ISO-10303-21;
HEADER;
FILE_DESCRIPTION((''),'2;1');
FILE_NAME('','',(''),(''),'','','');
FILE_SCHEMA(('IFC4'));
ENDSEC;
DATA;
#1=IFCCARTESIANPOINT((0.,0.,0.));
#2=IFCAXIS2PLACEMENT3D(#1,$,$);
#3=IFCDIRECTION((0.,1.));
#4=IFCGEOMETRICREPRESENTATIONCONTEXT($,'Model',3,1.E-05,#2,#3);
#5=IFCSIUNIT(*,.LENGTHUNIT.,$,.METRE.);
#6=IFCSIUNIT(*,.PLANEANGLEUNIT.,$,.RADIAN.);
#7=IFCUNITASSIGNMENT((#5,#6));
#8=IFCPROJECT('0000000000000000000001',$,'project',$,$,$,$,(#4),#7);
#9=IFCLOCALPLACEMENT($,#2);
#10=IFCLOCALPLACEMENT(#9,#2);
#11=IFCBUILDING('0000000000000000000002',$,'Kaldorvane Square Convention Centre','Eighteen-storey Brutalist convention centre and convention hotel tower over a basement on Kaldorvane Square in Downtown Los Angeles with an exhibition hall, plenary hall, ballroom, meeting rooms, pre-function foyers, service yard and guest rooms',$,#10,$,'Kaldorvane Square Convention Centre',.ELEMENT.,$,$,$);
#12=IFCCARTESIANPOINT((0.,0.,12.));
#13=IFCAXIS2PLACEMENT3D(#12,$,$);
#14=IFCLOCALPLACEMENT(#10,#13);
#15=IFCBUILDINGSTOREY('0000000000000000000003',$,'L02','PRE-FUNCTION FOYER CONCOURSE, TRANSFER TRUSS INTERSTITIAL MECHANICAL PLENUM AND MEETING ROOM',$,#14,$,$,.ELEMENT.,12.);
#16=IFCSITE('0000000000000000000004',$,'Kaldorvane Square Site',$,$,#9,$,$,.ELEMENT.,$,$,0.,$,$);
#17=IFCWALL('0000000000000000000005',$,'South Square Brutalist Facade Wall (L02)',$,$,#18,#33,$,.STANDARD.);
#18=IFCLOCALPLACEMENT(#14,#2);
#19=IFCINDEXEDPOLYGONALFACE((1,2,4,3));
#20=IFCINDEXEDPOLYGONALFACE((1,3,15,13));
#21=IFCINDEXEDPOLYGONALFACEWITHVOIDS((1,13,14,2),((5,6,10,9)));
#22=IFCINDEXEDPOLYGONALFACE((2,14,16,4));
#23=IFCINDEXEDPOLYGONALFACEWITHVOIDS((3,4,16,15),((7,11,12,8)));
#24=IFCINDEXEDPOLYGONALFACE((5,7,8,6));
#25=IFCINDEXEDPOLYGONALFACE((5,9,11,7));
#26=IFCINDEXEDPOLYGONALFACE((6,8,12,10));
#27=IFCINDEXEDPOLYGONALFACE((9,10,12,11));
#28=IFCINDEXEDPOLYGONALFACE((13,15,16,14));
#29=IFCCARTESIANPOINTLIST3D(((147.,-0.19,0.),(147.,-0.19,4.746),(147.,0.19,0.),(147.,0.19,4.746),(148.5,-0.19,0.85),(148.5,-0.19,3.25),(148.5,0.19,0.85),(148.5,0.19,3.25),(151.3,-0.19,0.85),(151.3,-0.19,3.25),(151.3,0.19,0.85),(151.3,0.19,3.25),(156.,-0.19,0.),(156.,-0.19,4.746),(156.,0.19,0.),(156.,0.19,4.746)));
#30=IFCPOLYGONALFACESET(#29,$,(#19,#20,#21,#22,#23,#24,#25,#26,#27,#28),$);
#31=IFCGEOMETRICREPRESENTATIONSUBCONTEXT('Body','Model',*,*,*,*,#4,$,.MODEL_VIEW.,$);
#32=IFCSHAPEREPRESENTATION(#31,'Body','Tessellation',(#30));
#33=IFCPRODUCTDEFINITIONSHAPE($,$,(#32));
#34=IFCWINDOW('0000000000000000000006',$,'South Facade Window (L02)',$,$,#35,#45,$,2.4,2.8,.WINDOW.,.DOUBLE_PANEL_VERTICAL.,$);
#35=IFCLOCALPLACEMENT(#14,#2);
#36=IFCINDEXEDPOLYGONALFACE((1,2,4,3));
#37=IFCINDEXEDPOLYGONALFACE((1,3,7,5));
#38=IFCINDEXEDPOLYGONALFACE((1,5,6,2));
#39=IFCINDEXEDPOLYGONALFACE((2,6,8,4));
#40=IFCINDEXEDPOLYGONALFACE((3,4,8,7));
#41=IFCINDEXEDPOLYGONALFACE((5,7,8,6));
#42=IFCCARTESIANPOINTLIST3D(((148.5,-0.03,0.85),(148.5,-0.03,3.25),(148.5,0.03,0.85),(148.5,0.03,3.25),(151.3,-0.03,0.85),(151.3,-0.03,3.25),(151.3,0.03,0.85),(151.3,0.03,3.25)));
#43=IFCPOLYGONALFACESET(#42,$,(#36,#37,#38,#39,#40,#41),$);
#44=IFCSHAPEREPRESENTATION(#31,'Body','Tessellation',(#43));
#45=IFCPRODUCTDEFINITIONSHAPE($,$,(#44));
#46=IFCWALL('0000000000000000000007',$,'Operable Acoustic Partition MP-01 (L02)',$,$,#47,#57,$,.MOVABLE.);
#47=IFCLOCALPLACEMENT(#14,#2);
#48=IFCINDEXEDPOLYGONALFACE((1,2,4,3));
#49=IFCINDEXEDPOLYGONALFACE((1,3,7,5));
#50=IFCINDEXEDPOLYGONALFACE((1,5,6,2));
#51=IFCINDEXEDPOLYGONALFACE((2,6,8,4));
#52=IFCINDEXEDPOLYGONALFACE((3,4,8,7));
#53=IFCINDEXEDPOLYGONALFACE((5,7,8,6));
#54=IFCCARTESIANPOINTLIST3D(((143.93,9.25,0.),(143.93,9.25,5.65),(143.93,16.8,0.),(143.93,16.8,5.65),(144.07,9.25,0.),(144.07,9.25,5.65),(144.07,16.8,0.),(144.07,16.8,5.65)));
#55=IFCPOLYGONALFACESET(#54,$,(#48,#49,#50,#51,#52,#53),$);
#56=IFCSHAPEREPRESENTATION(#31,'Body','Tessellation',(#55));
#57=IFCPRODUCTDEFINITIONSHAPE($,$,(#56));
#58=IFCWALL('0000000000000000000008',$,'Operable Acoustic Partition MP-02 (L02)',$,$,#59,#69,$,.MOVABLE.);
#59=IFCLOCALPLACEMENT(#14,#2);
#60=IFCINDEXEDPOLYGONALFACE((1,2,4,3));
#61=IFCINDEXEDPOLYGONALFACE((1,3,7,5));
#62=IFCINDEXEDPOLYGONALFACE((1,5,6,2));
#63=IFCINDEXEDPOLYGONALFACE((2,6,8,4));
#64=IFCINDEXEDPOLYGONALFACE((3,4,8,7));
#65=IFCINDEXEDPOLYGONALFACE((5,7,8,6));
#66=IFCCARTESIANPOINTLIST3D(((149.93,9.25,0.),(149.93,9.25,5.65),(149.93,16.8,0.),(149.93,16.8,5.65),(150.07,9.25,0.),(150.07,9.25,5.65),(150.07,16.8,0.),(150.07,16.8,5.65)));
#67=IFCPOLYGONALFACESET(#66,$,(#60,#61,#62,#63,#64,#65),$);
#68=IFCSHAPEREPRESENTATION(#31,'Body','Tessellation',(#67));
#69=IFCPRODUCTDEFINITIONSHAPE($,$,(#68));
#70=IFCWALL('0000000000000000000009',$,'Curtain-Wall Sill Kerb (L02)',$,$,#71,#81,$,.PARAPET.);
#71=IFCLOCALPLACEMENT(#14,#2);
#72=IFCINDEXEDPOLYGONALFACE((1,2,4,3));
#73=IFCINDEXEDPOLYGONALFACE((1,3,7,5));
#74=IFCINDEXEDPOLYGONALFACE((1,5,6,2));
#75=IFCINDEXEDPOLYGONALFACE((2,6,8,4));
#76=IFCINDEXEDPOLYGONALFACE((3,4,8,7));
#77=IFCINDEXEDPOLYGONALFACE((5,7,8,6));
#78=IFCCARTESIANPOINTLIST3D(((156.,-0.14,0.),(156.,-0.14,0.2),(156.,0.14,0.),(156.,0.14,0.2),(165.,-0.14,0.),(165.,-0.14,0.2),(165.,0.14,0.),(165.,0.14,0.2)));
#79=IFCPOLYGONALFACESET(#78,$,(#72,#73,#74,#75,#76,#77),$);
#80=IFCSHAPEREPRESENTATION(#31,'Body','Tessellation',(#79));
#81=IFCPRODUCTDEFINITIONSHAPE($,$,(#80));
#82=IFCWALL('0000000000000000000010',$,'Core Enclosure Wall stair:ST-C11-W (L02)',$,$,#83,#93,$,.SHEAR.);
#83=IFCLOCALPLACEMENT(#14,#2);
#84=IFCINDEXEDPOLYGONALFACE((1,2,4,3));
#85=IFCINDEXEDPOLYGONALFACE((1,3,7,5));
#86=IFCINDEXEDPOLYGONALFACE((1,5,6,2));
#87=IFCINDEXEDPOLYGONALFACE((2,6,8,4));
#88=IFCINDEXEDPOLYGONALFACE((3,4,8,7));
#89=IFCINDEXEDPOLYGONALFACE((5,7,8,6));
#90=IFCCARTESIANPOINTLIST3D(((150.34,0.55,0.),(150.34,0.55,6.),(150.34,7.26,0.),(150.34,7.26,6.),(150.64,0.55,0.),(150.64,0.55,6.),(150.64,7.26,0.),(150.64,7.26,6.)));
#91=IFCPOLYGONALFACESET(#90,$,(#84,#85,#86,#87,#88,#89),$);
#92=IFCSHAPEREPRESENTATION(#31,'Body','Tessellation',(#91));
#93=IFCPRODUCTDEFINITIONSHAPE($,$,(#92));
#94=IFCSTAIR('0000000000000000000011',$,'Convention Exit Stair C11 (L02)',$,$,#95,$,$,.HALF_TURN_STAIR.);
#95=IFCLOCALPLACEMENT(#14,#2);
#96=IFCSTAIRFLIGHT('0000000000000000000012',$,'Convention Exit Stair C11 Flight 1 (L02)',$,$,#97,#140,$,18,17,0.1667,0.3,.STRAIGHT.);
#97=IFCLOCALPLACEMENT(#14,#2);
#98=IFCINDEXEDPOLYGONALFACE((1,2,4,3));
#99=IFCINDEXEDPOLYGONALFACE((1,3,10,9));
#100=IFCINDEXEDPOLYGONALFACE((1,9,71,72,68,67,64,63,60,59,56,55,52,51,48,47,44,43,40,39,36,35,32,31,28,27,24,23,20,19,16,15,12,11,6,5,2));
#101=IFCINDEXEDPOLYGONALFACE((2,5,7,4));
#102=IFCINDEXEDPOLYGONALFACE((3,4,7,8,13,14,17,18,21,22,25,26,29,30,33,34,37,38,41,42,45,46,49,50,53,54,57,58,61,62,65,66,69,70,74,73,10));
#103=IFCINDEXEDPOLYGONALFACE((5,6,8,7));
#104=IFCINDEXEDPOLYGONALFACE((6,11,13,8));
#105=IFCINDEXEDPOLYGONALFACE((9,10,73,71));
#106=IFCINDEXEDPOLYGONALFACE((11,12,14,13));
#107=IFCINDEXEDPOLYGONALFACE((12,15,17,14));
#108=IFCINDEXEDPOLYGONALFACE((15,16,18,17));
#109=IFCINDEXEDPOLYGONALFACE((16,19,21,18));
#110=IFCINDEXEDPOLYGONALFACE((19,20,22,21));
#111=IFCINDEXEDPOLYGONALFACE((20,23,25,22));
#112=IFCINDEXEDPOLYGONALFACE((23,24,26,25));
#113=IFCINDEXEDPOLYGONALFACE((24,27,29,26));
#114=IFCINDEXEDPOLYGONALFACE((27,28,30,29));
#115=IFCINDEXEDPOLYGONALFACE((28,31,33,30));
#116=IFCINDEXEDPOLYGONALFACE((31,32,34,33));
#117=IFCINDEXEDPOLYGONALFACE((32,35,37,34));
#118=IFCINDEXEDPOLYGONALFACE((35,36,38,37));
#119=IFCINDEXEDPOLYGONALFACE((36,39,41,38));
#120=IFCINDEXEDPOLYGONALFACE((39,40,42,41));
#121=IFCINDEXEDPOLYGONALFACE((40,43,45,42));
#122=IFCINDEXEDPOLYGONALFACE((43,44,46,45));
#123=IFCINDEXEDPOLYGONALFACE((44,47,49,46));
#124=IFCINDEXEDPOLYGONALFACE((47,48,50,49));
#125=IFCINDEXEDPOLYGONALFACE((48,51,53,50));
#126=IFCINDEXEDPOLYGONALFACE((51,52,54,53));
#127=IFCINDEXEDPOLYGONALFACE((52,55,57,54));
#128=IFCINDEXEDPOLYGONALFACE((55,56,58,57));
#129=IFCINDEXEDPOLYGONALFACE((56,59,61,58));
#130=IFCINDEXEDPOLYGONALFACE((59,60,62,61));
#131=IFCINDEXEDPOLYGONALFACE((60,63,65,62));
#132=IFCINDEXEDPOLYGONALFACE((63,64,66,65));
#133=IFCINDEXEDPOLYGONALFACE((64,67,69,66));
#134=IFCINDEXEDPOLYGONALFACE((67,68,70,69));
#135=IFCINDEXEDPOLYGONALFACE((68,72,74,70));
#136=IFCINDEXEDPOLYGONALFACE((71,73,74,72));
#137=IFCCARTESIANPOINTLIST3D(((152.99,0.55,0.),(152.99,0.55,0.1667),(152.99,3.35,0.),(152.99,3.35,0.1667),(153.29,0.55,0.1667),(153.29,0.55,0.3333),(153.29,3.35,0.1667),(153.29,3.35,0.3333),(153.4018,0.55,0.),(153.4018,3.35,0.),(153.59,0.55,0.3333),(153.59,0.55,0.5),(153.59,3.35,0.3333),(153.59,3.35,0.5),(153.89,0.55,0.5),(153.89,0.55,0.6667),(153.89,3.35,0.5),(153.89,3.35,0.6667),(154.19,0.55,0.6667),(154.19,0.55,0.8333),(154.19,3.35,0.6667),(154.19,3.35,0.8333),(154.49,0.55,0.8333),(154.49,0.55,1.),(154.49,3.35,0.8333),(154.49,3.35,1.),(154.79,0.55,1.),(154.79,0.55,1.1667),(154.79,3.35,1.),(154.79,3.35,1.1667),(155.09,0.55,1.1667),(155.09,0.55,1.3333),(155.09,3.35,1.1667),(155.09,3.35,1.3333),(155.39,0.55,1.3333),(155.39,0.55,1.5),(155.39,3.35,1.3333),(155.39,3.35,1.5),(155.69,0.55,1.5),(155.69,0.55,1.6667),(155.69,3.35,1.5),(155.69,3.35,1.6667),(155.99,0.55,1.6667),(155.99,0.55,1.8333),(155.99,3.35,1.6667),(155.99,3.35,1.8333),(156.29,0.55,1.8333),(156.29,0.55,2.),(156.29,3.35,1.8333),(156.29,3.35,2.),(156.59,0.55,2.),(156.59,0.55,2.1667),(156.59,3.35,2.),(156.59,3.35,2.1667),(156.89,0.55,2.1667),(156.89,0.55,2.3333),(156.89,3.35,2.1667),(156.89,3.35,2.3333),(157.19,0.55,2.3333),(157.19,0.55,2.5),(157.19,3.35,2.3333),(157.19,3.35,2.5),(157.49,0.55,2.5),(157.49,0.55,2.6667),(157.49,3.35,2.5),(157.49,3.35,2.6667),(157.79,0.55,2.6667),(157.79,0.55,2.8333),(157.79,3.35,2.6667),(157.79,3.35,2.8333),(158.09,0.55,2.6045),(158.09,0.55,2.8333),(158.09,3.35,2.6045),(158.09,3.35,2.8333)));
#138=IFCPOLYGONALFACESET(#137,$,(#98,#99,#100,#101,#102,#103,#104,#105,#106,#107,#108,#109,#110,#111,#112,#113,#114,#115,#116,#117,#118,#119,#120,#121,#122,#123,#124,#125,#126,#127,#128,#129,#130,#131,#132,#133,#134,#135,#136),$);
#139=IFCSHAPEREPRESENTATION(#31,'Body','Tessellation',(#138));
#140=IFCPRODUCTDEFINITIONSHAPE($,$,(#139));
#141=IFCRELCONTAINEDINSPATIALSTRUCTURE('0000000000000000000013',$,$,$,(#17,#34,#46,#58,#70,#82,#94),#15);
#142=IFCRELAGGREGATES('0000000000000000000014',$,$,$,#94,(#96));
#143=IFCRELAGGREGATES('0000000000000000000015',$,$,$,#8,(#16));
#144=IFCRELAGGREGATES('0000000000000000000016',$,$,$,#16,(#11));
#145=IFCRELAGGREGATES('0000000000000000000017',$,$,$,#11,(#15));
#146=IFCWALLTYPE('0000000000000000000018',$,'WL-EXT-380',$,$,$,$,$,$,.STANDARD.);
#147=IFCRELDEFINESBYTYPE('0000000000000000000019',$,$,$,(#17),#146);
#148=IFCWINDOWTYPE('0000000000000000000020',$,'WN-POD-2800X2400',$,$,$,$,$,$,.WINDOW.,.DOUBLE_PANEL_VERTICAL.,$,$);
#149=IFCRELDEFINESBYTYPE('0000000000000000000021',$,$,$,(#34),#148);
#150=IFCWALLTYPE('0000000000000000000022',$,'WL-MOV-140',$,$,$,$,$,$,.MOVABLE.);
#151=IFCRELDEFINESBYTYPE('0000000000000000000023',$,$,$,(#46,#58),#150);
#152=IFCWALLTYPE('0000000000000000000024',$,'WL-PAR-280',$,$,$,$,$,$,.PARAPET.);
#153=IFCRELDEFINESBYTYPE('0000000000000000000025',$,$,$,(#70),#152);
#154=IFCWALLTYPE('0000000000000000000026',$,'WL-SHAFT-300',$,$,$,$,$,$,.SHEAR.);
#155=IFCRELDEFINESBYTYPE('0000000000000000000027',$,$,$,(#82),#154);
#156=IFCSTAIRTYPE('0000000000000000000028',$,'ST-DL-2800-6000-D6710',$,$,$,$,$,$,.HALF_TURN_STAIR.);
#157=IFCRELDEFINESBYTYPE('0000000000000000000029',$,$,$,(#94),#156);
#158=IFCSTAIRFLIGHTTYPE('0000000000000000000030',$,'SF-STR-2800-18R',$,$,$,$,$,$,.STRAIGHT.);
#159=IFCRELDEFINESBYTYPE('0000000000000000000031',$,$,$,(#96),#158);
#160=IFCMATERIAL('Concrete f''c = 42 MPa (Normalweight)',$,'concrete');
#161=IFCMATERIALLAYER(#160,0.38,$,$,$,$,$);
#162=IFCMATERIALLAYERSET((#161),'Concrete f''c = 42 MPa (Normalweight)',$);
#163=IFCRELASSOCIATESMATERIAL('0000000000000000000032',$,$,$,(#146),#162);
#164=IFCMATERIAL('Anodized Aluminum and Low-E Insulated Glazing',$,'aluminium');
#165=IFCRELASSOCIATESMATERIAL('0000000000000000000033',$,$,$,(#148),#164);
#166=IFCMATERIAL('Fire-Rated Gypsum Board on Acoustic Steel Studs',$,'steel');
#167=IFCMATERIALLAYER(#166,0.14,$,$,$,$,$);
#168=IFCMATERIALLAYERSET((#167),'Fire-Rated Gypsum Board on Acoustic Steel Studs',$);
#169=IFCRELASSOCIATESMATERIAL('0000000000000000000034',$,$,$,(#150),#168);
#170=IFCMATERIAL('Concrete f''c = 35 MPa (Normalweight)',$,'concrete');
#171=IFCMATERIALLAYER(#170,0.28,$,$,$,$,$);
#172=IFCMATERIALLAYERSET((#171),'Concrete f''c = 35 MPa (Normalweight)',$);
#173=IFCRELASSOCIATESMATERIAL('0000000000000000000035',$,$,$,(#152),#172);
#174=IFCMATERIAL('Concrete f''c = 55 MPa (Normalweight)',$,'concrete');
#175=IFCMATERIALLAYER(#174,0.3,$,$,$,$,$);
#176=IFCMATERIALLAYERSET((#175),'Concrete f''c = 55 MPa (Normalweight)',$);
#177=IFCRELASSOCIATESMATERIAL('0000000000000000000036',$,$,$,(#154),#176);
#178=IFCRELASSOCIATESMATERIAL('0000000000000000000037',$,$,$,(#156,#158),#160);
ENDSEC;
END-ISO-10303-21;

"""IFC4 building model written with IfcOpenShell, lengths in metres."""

from ifc_helpers import new_model, si_unit, direction, frame, frame_2d, origin, place, context, subcontext, project, spatial, polyline, rectangle, outline, extrude, material, layer, layer_set, type_object, element, fill, aggregate, save


model = new_model("IFC4")

# Units and contexts
model_context = context("Model", 3, precision=1e-05, world=origin(), true_north=direction((0.0, 1.0)))
body_context = subcontext(model_context, "Body", "Model", "MODEL_VIEW")
ifc_project = project(units=[si_unit("LENGTHUNIT", "METRE"), si_unit("PLANEANGLEUNIT", "RADIAN")], contexts=[model_context])

# Site, building, storey
site_placement = place(None, origin())
site = spatial("IfcSite", under=ifc_project, at=site_placement, Name="Kaldorvane Square Site", CompositionType="ELEMENT", RefElevation=0.0)
building_placement = place(site_placement, origin())
building = spatial("IfcBuilding", under=site, at=building_placement, Name="Kaldorvane Square Convention Centre", Description="Eighteen-storey Brutalist convention centre and convention hotel tower over a basement on Kaldorvane Square in Downtown Los Angeles with an exhibition hall, plenary hall, ballroom, meeting rooms, pre-function foyers, service yard and guest rooms", LongName="Kaldorvane Square Convention Centre", CompositionType="ELEMENT")
storey_placement = place(building_placement, frame((0.0, 0.0, 12.0)))
storey = spatial("IfcBuildingStorey", under=building, at=storey_placement, Name="L02", Description="PRE-FUNCTION FOYER CONCOURSE, TRANSFER TRUSS INTERSTITIAL MECHANICAL PLENUM AND MEETING ROOM", CompositionType="ELEMENT", Elevation=12.0)

# Shared definitions
ifc_material_1 = material(Name="Concrete f'c = 42 MPa (Normalweight)", Category="concrete")

# Wall, opening, window
ifc_layer_1 = layer(ifc_material_1, 0.38)
ifc_layer_set_1 = layer_set([ifc_layer_1], Name="Concrete f'c = 42 MPa (Normalweight)")
wall_type_1 = type_object("IfcWallType", Name="WL-EXT-380", PredefinedType="STANDARD", material=ifc_layer_set_1)
wall_1_placement = place(storey_placement, frame((147.0, 0.0, 0.0), z_axis=(0.0, 0.0, 1.0), x_axis=(1.0, 0.0, 0.0)))
wall_1 = element("IfcWall", 1, at=wall_1_placement, inside=storey, type_object=wall_type_1, Name="South Square Brutalist Facade Wall (L02)", PredefinedType="STANDARD", context=body_context, shape_type="SweptSolid", body=[
    extrude(rectangle(XDim=9.0, YDim=0.38, at=frame_2d((4.5, 0.0))), origin(), (0.0, 0.0, 1.0), 4.746),
])
opening_placement = place(wall_1_placement, frame((1.5, 0.0, 0.85)))
opening = element("IfcOpeningElement", 2, at=opening_placement, cuts=wall_1, PredefinedType="OPENING", context=body_context, shape_type="SweptSolid", body=[
    extrude(rectangle(XDim=2.8, YDim=2.4, at=frame_2d((1.4, 1.2))), frame((0.0, 0.205, 0.0), z_axis=(0.0, -1.0, 0.0), x_axis=(1.0, 0.0, 0.0)), (0.0, 0.0, 1.0), 0.41),
])
ifc_material_2 = material(Name="Anodized Aluminum and Low-E Insulated Glazing", Category="aluminium")
window_type = type_object("IfcWindowType", Name="WN-POD-2800X2400", PartitioningType="DOUBLE_PANEL_VERTICAL", PredefinedType="WINDOW", material=ifc_material_2)
window_placement = place(opening_placement, origin())
window = element("IfcWindow", 3, at=window_placement, inside=storey, type_object=window_type, Name="South Facade Window (L02)", OverallHeight=2.4, OverallWidth=2.8, PartitioningType="DOUBLE_PANEL_VERTICAL", PredefinedType="WINDOW", context=body_context, shape_type="SweptSolid", body=[
    extrude(rectangle(XDim=2.8, YDim=2.4, at=frame_2d((1.4, 1.2))), frame((0.0, 0.03, 0.0), z_axis=(0.0, -1.0, 0.0), x_axis=(1.0, 0.0, 0.0)), (0.0, 0.0, 1.0), 0.06),
])
fill(opening, window)

# Walls
ifc_material_3 = material(Name="Fire-Rated Gypsum Board on Acoustic Steel Studs", Category="steel")
ifc_layer_2 = layer(ifc_material_3, 0.14)
ifc_layer_set_2 = layer_set([ifc_layer_2], Name="Fire-Rated Gypsum Board on Acoustic Steel Studs")
wall_type_2 = type_object("IfcWallType", Name="WL-MOV-140", PredefinedType="MOVABLE", material=ifc_layer_set_2)
for number, where, z_axis, x_axis, name in (
    (4, (144.0, 9.25, 0.0), (0.0, 0.0, 1.0), (0.0, 1.0, 0.0), "Operable Acoustic Partition MP-01 (L02)"),
    (5, (150.0, 9.25, 0.0), (0.0, 0.0, 1.0), (0.0, 1.0, 0.0), "Operable Acoustic Partition MP-02 (L02)"),
):
    element("IfcWall", number, at=place(storey_placement, frame(where, z_axis=z_axis, x_axis=x_axis)), inside=storey, type_object=wall_type_2, Name=name, PredefinedType="MOVABLE", context=body_context, shape_type="SweptSolid", body=[
        extrude(rectangle(XDim=7.55, YDim=0.14, at=frame_2d((3.775, 0.0))), origin(), (0.0, 0.0, 1.0), 5.65),
    ])
ifc_material_4 = material(Name="Concrete f'c = 35 MPa (Normalweight)", Category="concrete")
ifc_layer_3 = layer(ifc_material_4, 0.28)
ifc_layer_set_3 = layer_set([ifc_layer_3], Name="Concrete f'c = 35 MPa (Normalweight)")
wall_type_3 = type_object("IfcWallType", Name="WL-PAR-280", PredefinedType="PARAPET", material=ifc_layer_set_3)
wall_2_placement = place(storey_placement, frame((156.0, 0.0, 0.0), z_axis=(0.0, 0.0, 1.0), x_axis=(1.0, 0.0, 0.0)))
element("IfcWall", 6, at=wall_2_placement, inside=storey, type_object=wall_type_3, Name="Curtain-Wall Sill Kerb (L02)", PredefinedType="PARAPET", context=body_context, shape_type="SweptSolid", body=[
    extrude(rectangle(XDim=9.0, YDim=0.28, at=frame_2d((4.5, 0.0))), origin(), (0.0, 0.0, 1.0), 0.2),
])
ifc_material_5 = material(Name="Concrete f'c = 55 MPa (Normalweight)", Category="concrete")
ifc_layer_4 = layer(ifc_material_5, 0.3)
ifc_layer_set_4 = layer_set([ifc_layer_4], Name="Concrete f'c = 55 MPa (Normalweight)")
wall_type_4 = type_object("IfcWallType", Name="WL-SHAFT-300", PredefinedType="SHEAR", material=ifc_layer_set_4)
wall_3_placement = place(storey_placement, frame((150.49, 7.26, 0.0), z_axis=(0.0, 0.0, 1.0), x_axis=(0.0, -1.0, 0.0)))
element("IfcWall", 7, at=wall_3_placement, inside=storey, type_object=wall_type_4, Name="Core Enclosure Wall stair:ST-C11-W (L02)", PredefinedType="SHEAR", context=body_context, shape_type="SweptSolid", body=[
    extrude(rectangle(XDim=6.71, YDim=0.3, at=frame_2d((3.355, 0.0))), origin(), (0.0, 0.0, 1.0), 6.0),
])

# Stair, stair flight
stair_type = type_object("IfcStairType", Name="ST-DL-2800-6000-D6710", PredefinedType="HALF_TURN_STAIR", material=ifc_material_1)
stair_placement = place(storey_placement, origin())
stair = element("IfcStair", 8, at=stair_placement, inside=storey, type_object=stair_type, Name="Convention Exit Stair C11 (L02)", PredefinedType="HALF_TURN_STAIR")
stair_flight_type = type_object("IfcStairFlightType", Name="SF-STR-2800-18R", PredefinedType="STRAIGHT", material=ifc_material_1)
stair_flight_placement = place(storey_placement, frame((152.99, 1.95, 0.0), z_axis=(0.0, 0.0, 1.0), x_axis=(1.0, 0.0, 0.0)))
stair_flight = element("IfcStairFlight", 9, at=stair_flight_placement, type_object=stair_flight_type, Name="Convention Exit Stair C11 Flight 1 (L02)", NumberOfRisers=18, NumberOfTreads=17, PredefinedType="STRAIGHT", RiserHeight=0.1667, TreadLength=0.3, context=body_context, shape_type="SweptSolid", body=[
    extrude(outline(polyline([(0.0, 0.0), (0.0, 0.1667), (0.3, 0.1667), (0.3, 0.3333), (0.6, 0.3333), (0.6, 0.5), (0.9, 0.5), (0.9, 0.6667), (1.2, 0.6667), (1.2, 0.8333), (1.5, 0.8333), (1.5, 1.0), (1.8, 1.0), (1.8, 1.1667), (2.1, 1.1667), (2.1, 1.3333), (2.4, 1.3333), (2.4, 1.5), (2.7, 1.5), (2.7, 1.6667), (3.0, 1.6667), (3.0, 1.8333), (3.3, 1.8333), (3.3, 2.0), (3.6, 2.0), (3.6, 2.1667), (3.9, 2.1667), (3.9, 2.3333), (4.2, 2.3333), (4.2, 2.5), (4.5, 2.5), (4.5, 2.6667), (4.8, 2.6667), (4.8, 2.8333), (5.1, 2.8333), (5.1, 3.0), (5.1, 2.6045), (0.4118, 0.0), (0.0, 0.0)])), frame((0.0, 1.4, 0.0), z_axis=(0.0, -1.0, 0.0), x_axis=(1.0, 0.0, 0.0)), (0.0, 0.0, 1.0), 2.8),
])
aggregate(stair, [stair_flight])

save(model, "model.ifc")
